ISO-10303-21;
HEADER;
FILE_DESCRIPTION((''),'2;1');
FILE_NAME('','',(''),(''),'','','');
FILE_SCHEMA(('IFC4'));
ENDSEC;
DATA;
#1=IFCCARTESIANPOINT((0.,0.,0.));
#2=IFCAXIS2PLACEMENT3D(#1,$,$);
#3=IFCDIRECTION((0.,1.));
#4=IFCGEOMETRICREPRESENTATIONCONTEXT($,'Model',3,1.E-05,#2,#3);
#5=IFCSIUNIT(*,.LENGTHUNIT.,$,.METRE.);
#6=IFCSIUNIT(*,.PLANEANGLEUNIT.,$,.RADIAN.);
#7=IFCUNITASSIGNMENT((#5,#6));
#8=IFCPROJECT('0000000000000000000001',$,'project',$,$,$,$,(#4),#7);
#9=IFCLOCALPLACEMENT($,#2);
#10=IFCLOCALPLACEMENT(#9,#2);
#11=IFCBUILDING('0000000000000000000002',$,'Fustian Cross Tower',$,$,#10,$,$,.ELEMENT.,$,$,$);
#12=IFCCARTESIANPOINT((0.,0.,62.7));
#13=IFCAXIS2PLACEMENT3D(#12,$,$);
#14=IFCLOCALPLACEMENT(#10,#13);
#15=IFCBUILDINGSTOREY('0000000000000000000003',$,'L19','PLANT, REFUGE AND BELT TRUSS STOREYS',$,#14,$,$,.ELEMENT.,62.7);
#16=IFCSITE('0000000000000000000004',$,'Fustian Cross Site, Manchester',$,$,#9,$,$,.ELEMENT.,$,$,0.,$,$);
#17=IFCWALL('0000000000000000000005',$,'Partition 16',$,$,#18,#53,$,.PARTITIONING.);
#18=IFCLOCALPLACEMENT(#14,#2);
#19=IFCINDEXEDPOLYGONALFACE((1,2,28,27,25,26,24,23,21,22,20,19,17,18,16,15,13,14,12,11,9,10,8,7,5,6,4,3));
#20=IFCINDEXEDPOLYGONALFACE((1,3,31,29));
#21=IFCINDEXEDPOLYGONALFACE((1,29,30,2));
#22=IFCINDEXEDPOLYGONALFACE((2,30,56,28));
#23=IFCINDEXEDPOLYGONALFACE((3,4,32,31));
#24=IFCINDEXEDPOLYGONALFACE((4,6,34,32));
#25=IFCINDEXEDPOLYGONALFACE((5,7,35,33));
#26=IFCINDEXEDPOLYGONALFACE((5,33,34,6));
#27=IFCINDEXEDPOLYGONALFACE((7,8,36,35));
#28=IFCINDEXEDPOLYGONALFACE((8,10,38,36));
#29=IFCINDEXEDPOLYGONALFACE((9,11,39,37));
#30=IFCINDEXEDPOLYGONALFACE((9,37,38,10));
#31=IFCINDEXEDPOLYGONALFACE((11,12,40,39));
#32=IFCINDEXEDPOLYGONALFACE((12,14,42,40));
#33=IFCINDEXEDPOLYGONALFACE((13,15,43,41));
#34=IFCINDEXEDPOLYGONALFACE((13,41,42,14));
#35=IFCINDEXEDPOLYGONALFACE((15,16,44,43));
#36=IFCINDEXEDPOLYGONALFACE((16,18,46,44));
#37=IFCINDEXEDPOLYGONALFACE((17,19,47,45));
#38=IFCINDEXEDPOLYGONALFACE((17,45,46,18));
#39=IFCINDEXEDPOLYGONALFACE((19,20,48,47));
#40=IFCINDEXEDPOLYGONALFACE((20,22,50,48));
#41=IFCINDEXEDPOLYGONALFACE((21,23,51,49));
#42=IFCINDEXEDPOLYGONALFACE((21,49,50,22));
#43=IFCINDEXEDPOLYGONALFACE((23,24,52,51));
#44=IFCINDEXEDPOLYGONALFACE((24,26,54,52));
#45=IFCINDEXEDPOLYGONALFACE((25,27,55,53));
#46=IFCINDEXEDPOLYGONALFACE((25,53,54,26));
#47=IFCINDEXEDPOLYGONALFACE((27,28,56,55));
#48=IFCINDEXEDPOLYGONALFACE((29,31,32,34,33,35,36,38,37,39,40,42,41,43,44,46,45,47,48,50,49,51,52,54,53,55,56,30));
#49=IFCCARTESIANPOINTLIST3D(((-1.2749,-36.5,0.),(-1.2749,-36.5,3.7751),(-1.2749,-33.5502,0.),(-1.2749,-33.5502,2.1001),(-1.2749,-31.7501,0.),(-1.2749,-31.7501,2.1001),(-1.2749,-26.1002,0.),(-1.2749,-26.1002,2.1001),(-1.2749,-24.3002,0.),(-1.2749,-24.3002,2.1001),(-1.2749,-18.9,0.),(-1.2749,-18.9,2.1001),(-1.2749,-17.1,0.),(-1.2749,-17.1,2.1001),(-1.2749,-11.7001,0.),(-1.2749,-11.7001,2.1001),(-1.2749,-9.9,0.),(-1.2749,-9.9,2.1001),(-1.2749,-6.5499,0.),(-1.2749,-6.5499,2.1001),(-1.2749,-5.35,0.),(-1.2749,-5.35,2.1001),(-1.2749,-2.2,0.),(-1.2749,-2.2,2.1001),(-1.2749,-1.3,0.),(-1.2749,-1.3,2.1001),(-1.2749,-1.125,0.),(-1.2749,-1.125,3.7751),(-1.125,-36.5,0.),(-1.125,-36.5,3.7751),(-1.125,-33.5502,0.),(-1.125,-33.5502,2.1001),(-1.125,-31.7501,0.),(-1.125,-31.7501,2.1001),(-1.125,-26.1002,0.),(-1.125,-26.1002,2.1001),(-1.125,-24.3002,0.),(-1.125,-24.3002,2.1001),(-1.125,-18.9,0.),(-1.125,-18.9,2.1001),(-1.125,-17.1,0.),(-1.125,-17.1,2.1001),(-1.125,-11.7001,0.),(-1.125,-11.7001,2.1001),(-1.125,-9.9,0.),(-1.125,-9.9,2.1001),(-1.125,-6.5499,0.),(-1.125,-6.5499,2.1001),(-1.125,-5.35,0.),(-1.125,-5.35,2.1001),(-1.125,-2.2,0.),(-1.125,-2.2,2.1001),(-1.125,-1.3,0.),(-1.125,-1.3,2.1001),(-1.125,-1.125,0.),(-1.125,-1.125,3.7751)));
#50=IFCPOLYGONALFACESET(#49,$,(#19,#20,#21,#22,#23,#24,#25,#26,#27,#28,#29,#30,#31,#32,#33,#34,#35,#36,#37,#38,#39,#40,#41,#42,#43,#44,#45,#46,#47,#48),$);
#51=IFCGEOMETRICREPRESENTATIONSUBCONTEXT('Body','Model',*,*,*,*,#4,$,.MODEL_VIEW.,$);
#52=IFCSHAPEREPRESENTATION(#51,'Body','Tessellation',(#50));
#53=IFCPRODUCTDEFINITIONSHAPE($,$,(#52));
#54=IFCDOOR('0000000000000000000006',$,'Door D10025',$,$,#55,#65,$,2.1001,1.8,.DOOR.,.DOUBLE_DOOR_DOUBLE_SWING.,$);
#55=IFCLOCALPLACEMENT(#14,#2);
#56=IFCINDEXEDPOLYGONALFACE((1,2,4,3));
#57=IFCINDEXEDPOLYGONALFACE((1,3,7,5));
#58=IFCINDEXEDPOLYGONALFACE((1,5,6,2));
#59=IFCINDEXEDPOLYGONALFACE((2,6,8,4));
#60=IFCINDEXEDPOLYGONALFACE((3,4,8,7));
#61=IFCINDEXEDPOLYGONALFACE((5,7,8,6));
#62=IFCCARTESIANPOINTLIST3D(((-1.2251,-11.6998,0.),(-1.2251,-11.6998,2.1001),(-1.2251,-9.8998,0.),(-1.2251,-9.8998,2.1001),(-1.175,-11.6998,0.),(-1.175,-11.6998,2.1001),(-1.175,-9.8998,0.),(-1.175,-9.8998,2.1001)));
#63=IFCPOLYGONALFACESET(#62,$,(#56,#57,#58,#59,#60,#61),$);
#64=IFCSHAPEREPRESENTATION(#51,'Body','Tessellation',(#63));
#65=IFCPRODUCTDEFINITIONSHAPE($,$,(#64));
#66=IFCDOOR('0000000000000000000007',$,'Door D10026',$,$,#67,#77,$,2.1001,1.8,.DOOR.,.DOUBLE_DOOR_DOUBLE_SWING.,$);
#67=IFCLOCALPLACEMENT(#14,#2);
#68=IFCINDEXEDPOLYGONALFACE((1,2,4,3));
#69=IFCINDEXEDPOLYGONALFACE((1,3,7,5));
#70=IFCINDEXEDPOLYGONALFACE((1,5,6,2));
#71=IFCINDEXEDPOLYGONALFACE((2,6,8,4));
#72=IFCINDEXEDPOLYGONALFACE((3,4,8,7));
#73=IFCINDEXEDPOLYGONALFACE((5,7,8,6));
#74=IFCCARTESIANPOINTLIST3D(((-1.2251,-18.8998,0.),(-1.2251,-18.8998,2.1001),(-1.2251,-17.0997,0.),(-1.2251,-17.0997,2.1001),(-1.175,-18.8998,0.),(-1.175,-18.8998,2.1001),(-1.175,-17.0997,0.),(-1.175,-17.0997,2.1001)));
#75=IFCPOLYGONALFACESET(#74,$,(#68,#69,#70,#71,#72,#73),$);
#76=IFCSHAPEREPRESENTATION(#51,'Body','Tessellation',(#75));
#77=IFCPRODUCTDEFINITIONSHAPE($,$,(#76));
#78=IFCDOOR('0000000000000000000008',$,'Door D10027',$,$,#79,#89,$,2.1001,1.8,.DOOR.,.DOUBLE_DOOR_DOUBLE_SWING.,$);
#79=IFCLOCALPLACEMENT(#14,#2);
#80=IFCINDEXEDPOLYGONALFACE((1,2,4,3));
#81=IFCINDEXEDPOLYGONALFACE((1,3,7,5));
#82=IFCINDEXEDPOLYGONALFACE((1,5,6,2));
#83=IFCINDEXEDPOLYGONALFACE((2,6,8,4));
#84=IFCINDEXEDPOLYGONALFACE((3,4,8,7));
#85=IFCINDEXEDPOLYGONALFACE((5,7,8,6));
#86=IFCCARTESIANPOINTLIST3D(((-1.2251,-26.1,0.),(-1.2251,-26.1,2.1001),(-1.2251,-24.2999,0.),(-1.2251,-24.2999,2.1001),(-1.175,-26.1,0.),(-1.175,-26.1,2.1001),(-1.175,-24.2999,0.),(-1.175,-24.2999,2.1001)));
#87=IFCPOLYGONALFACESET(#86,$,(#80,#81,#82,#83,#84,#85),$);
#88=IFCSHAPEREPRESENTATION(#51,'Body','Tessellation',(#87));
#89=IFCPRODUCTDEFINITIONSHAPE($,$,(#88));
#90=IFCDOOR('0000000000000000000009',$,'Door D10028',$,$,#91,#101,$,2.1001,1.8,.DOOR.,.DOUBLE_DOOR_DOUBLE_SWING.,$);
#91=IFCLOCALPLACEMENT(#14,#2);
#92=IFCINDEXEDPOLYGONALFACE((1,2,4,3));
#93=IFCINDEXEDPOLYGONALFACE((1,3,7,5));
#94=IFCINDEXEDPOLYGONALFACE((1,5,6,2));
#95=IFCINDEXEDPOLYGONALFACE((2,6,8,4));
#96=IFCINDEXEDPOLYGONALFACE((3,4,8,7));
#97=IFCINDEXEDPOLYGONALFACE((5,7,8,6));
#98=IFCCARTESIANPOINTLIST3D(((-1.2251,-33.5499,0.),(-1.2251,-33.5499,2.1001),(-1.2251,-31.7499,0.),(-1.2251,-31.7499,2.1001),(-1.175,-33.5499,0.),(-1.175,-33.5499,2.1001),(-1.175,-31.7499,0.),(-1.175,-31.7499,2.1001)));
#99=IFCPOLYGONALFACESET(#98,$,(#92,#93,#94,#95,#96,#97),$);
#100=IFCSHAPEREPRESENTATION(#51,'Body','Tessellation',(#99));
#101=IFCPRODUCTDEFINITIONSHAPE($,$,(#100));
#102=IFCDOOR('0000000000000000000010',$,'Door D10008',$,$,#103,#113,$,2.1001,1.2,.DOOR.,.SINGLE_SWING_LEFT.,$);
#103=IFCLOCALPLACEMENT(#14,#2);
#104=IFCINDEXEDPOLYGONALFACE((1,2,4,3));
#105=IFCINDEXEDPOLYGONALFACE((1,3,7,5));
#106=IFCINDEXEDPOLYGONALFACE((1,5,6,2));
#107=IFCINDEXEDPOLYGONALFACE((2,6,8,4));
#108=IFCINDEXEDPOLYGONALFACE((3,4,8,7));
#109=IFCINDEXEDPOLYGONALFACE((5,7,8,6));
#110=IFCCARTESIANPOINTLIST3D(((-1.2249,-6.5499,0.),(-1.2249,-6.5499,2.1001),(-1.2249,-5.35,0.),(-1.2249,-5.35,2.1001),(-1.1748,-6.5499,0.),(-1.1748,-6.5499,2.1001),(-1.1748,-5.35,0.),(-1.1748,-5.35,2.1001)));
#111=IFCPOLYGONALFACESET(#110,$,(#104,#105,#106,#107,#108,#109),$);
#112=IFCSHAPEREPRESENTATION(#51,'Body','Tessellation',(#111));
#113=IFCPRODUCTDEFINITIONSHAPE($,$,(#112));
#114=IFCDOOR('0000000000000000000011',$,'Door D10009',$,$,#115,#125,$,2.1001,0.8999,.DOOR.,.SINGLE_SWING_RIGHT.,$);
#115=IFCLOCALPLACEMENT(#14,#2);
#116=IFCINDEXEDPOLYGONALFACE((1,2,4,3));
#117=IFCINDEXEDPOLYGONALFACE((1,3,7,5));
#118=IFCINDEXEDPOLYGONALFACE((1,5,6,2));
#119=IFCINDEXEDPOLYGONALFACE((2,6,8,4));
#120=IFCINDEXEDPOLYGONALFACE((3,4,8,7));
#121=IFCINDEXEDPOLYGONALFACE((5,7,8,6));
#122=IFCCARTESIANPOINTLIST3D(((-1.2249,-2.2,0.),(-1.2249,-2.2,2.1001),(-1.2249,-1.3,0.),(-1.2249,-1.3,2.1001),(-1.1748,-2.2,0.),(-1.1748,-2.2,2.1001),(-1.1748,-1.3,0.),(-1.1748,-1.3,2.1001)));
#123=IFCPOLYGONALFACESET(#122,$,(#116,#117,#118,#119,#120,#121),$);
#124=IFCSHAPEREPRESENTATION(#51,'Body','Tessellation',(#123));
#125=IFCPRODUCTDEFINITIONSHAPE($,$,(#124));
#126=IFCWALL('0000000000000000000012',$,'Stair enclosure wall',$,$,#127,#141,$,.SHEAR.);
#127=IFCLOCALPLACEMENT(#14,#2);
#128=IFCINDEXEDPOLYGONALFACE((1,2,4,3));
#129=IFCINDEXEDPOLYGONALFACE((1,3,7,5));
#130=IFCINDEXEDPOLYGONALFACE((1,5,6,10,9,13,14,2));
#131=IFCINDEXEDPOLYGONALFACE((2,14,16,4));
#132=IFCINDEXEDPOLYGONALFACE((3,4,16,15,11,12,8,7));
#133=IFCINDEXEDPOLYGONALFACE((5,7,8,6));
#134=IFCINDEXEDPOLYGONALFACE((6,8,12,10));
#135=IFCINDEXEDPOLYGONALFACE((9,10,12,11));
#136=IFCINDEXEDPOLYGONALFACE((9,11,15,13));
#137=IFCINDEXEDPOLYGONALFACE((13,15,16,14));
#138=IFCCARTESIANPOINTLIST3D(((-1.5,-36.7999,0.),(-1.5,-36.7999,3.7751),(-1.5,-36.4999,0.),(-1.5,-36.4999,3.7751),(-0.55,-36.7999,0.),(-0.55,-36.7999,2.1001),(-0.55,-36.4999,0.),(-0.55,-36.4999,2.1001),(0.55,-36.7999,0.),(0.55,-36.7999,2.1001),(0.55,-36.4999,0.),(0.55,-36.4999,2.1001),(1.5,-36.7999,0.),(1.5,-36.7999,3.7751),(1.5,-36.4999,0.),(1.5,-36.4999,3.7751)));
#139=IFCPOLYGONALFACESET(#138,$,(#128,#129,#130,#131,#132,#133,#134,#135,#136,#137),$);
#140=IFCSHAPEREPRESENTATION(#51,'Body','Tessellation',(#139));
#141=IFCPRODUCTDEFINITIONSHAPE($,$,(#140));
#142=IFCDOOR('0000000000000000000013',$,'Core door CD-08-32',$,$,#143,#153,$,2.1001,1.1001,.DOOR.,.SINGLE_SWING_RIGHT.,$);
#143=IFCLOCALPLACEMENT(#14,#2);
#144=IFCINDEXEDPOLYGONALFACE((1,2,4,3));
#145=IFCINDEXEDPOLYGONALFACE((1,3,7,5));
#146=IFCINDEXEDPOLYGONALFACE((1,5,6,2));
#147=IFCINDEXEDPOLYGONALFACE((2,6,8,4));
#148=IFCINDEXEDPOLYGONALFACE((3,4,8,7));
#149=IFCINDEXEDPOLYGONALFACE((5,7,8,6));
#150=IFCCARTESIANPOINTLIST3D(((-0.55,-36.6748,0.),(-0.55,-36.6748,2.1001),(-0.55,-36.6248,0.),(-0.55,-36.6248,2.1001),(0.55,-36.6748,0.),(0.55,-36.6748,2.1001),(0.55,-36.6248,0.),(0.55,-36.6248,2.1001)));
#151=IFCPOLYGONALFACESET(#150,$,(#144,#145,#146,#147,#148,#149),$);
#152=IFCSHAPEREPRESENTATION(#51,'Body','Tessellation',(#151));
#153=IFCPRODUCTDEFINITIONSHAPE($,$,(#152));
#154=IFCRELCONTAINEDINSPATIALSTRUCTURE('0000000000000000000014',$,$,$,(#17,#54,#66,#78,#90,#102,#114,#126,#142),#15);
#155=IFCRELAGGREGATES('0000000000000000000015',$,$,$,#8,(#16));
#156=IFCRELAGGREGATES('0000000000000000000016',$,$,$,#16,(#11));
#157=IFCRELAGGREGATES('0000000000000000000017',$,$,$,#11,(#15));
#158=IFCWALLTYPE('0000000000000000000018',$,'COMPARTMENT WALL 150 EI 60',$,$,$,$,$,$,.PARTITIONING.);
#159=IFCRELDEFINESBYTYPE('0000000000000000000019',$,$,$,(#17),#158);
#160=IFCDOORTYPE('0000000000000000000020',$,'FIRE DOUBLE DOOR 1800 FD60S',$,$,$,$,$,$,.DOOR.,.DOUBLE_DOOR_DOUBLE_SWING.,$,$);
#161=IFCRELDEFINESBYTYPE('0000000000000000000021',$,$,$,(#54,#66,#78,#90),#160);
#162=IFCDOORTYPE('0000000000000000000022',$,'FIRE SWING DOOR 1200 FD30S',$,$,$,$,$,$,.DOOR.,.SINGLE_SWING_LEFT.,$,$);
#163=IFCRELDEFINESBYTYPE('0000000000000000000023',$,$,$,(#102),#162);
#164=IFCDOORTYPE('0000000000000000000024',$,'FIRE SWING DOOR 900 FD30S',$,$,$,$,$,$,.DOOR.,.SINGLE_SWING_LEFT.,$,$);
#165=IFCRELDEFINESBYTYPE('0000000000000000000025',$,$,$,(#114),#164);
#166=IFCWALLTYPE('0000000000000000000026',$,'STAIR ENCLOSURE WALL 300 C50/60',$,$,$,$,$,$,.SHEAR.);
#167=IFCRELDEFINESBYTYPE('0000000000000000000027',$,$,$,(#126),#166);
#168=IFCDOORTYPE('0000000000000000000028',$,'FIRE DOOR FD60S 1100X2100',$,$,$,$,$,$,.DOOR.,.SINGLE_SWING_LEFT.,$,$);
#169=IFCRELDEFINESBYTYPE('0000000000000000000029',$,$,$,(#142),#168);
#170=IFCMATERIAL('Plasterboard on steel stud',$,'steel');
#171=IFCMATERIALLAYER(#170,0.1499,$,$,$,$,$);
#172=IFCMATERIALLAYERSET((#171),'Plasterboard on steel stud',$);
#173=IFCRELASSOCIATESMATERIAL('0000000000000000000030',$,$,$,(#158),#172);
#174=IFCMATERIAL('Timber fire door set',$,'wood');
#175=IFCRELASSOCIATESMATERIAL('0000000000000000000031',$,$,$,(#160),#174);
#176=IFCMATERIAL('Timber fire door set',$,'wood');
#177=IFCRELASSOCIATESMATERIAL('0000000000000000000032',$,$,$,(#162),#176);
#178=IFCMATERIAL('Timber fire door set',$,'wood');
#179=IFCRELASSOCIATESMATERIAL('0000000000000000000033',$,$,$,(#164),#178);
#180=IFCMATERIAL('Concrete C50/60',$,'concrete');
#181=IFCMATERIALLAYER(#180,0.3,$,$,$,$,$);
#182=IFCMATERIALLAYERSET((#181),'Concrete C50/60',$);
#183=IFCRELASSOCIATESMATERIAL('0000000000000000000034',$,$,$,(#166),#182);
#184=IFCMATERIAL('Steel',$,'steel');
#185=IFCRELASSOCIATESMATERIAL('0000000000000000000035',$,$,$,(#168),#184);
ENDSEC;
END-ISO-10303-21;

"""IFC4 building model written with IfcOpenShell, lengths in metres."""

from ifc_helpers import new_model, si_unit, direction, frame, frame_2d, origin, place, context, subcontext, project, spatial, rectangle, extrude, material, layer, layer_set, type_object, element, fill, save


model = new_model("IFC4")

# Units and contexts
model_context = context("Model", 3, precision=1e-05, world=origin(), true_north=direction((0.0, 1.0)))
body_context = subcontext(model_context, "Body", "Model", "MODEL_VIEW")
ifc_project = project(units=[si_unit("LENGTHUNIT", "METRE"), si_unit("PLANEANGLEUNIT", "RADIAN")], contexts=[model_context])

# Site, building, storey
site_placement = place(None, origin())
site = spatial("IfcSite", under=ifc_project, at=site_placement, Name="Fustian Cross Site, Manchester", CompositionType="ELEMENT", RefElevation=0.0)
building_placement = place(site_placement, origin())
building = spatial("IfcBuilding", under=site, at=building_placement, Name="Fustian Cross Tower", CompositionType="ELEMENT")
storey_placement = place(building_placement, frame((0.0, 0.0, 62.7)))
storey = spatial("IfcBuildingStorey", under=building, at=storey_placement, Name="L19", Description="PLANT, REFUGE AND BELT TRUSS STOREYS", CompositionType="ELEMENT", Elevation=62.7)

# Wall, openings, doors
ifc_material_1 = material(Name="Plasterboard on steel stud", Category="steel")
ifc_layer_1 = layer(ifc_material_1, 0.1499)
ifc_layer_set_1 = layer_set([ifc_layer_1], Name="Plasterboard on steel stud")
wall_type_1 = type_object("IfcWallType", Name="COMPARTMENT WALL 150 EI 60", PredefinedType="PARTITIONING", material=ifc_layer_set_1)
wall_1_placement = place(storey_placement, frame((-1.2, -36.5, 0.0), z_axis=(0.0, 0.0, 1.0), x_axis=(0.0, 1.0, 0.0)))
wall_1 = element("IfcWall", 1, at=wall_1_placement, inside=storey, type_object=wall_type_1, Name="Partition 16", PredefinedType="PARTITIONING", context=body_context, shape_type="SweptSolid", body=[
    extrude(rectangle(XDim=35.375, YDim=0.1499, at=frame_2d((17.6875, 0.0))), origin(), (0.0, 0.0, 1.0), 3.7751),
])
opening_1_placement = place(wall_1_placement, frame((29.95, 0.0, 0.0)))
opening_1 = element("IfcOpeningElement", 2, at=opening_1_placement, cuts=wall_1, PredefinedType="OPENING", context=body_context, shape_type="SweptSolid", body=[
    extrude(rectangle(XDim=1.2, YDim=2.1001, at=frame_2d((0.6001, 1.05))), frame((0.0, 0.085, 0.0), z_axis=(0.0, -1.0, 0.0), x_axis=(1.0, 0.0, 0.0)), (0.0, 0.0, 1.0), 0.1699),
])
opening_2_placement = place(wall_1_placement, frame((34.3, 0.0, 0.0)))
opening_2 = element("IfcOpeningElement", 3, at=opening_2_placement, cuts=wall_1, PredefinedType="OPENING", context=body_context, shape_type="SweptSolid", body=[
    extrude(rectangle(XDim=0.8999, YDim=2.1001, at=frame_2d((0.45, 1.05))), frame((0.0, 0.085, 0.0), z_axis=(0.0, -1.0, 0.0), x_axis=(1.0, 0.0, 0.0)), (0.0, 0.0, 1.0), 0.1699),
])
opening_3_placement = place(wall_1_placement, frame((24.8, 0.0, 0.0)))
opening_3 = element("IfcOpeningElement", 4, at=opening_3_placement, cuts=wall_1, PredefinedType="OPENING", context=body_context, shape_type="SweptSolid", body=[
    extrude(rectangle(XDim=1.8, YDim=2.1001, at=frame_2d((0.8999, 1.05))), frame((0.0, 0.085, 0.0), z_axis=(0.0, -1.0, 0.0), x_axis=(1.0, 0.0, 0.0)), (0.0, 0.0, 1.0), 0.1699),
])
opening_4_placement = place(wall_1_placement, frame((17.6001, 0.0, 0.0)))
opening_4 = element("IfcOpeningElement", 5, at=opening_4_placement, cuts=wall_1, PredefinedType="OPENING", context=body_context, shape_type="SweptSolid", body=[
    extrude(rectangle(XDim=1.8, YDim=2.1001, at=frame_2d((0.8999, 1.05))), frame((0.0, 0.085, 0.0), z_axis=(0.0, -1.0, 0.0), x_axis=(1.0, 0.0, 0.0)), (0.0, 0.0, 1.0), 0.1699),
])
opening_5_placement = place(wall_1_placement, frame((10.3999, 0.0, 0.0)))
opening_5 = element("IfcOpeningElement", 6, at=opening_5_placement, cuts=wall_1, PredefinedType="OPENING", context=body_context, shape_type="SweptSolid", body=[
    extrude(rectangle(XDim=1.8, YDim=2.1001, at=frame_2d((0.8999, 1.05))), frame((0.0, 0.085, 0.0), z_axis=(0.0, -1.0, 0.0), x_axis=(1.0, 0.0, 0.0)), (0.0, 0.0, 1.0), 0.1699),
])
opening_6_placement = place(wall_1_placement, frame((2.95, 0.0, 0.0)))
opening_6 = element("IfcOpeningElement", 7, at=opening_6_placement, cuts=wall_1, PredefinedType="OPENING", context=body_context, shape_type="SweptSolid", body=[
    extrude(rectangle(XDim=1.8, YDim=2.1001, at=frame_2d((0.8999, 1.05))), frame((0.0, 0.085, 0.0), z_axis=(0.0, -1.0, 0.0), x_axis=(1.0, 0.0, 0.0)), (0.0, 0.0, 1.0), 0.1699),
])
ifc_material_2 = material(Name="Timber fire door set", Category="wood")
door_type_1 = type_object("IfcDoorType", Name="FIRE DOUBLE DOOR 1800 FD60S", OperationType="DOUBLE_DOOR_DOUBLE_SWING", PredefinedType="DOOR", material=ifc_material_2)
door_1_placement = place(opening_3_placement, frame((1.8, 0.0, 0.0), z_axis=(0.0, 0.0, 1.0), x_axis=(-1.0, 0.0, 0.0)))
door_1 = element("IfcDoor", 8, at=door_1_placement, inside=storey, type_object=door_type_1, Name="Door D10025", OperationType="DOUBLE_DOOR_DOUBLE_SWING", OverallHeight=2.1001, OverallWidth=1.8, PredefinedType="DOOR", context=body_context, shape_type="SweptSolid", body=[
    extrude(rectangle(XDim=1.8, YDim=2.1001, at=frame_2d((0.8999, 1.05))), frame((0.0, 0.0249, 0.0), z_axis=(0.0, -1.0, 0.0), x_axis=(1.0, 0.0, 0.0)), (0.0, 0.0, 1.0), 0.05),
])
fill(opening_3, door_1)
door_2_placement = place(opening_4_placement, frame((1.8, 0.0, 0.0), z_axis=(0.0, 0.0, 1.0), x_axis=(-1.0, 0.0, 0.0)))
door_2 = element("IfcDoor", 9, at=door_2_placement, inside=storey, type_object=door_type_1, Name="Door D10026", OperationType="DOUBLE_DOOR_DOUBLE_SWING", OverallHeight=2.1001, OverallWidth=1.8, PredefinedType="DOOR", context=body_context, shape_type="SweptSolid", body=[
    extrude(rectangle(XDim=1.8, YDim=2.1001, at=frame_2d((0.8999, 1.05))), frame((0.0, 0.0249, 0.0), z_axis=(0.0, -1.0, 0.0), x_axis=(1.0, 0.0, 0.0)), (0.0, 0.0, 1.0), 0.05),
])
fill(opening_4, door_2)
door_3_placement = place(opening_5_placement, frame((1.8, 0.0, 0.0), z_axis=(0.0, 0.0, 1.0), x_axis=(-1.0, 0.0, 0.0)))
door_3 = element("IfcDoor", 10, at=door_3_placement, inside=storey, type_object=door_type_1, Name="Door D10027", OperationType="DOUBLE_DOOR_DOUBLE_SWING", OverallHeight=2.1001, OverallWidth=1.8, PredefinedType="DOOR", context=body_context, shape_type="SweptSolid", body=[
    extrude(rectangle(XDim=1.8, YDim=2.1001, at=frame_2d((0.8999, 1.05))), frame((0.0, 0.0249, 0.0), z_axis=(0.0, -1.0, 0.0), x_axis=(1.0, 0.0, 0.0)), (0.0, 0.0, 1.0), 0.05),
])
fill(opening_5, door_3)
door_4_placement = place(opening_6_placement, frame((1.8, 0.0, 0.0), z_axis=(0.0, 0.0, 1.0), x_axis=(-1.0, 0.0, 0.0)))
door_4 = element("IfcDoor", 11, at=door_4_placement, inside=storey, type_object=door_type_1, Name="Door D10028", OperationType="DOUBLE_DOOR_DOUBLE_SWING", OverallHeight=2.1001, OverallWidth=1.8, PredefinedType="DOOR", context=body_context, shape_type="SweptSolid", body=[
    extrude(rectangle(XDim=1.8, YDim=2.1001, at=frame_2d((0.8999, 1.05))), frame((0.0, 0.0249, 0.0), z_axis=(0.0, -1.0, 0.0), x_axis=(1.0, 0.0, 0.0)), (0.0, 0.0, 1.0), 0.05),
])
fill(opening_6, door_4)
ifc_material_3 = material(Name="Timber fire door set", Category="wood")
door_type_2 = type_object("IfcDoorType", Name="FIRE SWING DOOR 1200 FD30S", OperationType="SINGLE_SWING_LEFT", PredefinedType="DOOR", material=ifc_material_3)
door_5_placement = place(opening_1_placement, origin())
door_5 = element("IfcDoor", 12, at=door_5_placement, inside=storey, type_object=door_type_2, Name="Door D10008", OperationType="SINGLE_SWING_LEFT", OverallHeight=2.1001, OverallWidth=1.2, PredefinedType="DOOR", context=body_context, shape_type="SweptSolid", body=[
    extrude(rectangle(XDim=1.2, YDim=2.1001, at=frame_2d((0.6001, 1.05))), frame((0.0, 0.0249, 0.0), z_axis=(0.0, -1.0, 0.0), x_axis=(1.0, 0.0, 0.0)), (0.0, 0.0, 1.0), 0.05),
])
fill(opening_1, door_5)
ifc_material_4 = material(Name="Timber fire door set", Category="wood")
door_type_3 = type_object("IfcDoorType", Name="FIRE SWING DOOR 900 FD30S", OperationType="SINGLE_SWING_LEFT", PredefinedType="DOOR", material=ifc_material_4)
door_6_placement = place(opening_2_placement, origin())
door_6 = element("IfcDoor", 13, at=door_6_placement, inside=storey, type_object=door_type_3, Name="Door D10009", OperationType="SINGLE_SWING_RIGHT", OverallHeight=2.1001, OverallWidth=0.8999, PredefinedType="DOOR", context=body_context, shape_type="SweptSolid", body=[
    extrude(rectangle(XDim=0.8999, YDim=2.1001, at=frame_2d((0.45, 1.05))), frame((0.0, 0.0249, 0.0), z_axis=(0.0, -1.0, 0.0), x_axis=(1.0, 0.0, 0.0)), (0.0, 0.0, 1.0), 0.05),
])
fill(opening_2, door_6)

# Wall, opening, door
ifc_material_5 = material(Name="Concrete C50/60", Category="concrete")
ifc_layer_2 = layer(ifc_material_5, 0.3)
ifc_layer_set_2 = layer_set([ifc_layer_2], Name="Concrete C50/60")
wall_type_2 = type_object("IfcWallType", Name="STAIR ENCLOSURE WALL 300 C50/60", PredefinedType="SHEAR", material=ifc_layer_set_2)
wall_2_placement = place(storey_placement, frame((-1.5, -36.6499, 0.0), z_axis=(0.0, 0.0, 1.0), x_axis=(1.0, 0.0, 0.0)))
wall_2 = element("IfcWall", 14, at=wall_2_placement, inside=storey, type_object=wall_type_2, Name="Stair enclosure wall", PredefinedType="SHEAR", context=body_context, shape_type="SweptSolid", body=[
    extrude(rectangle(XDim=3.0, YDim=0.3, at=frame_2d((1.5, 0.0))), origin(), (0.0, 0.0, 1.0), 3.7751),
])
opening_7_placement = place(wall_2_placement, frame((0.95, 0.0, 0.0)))
opening_7 = element("IfcOpeningElement", 15, at=opening_7_placement, cuts=wall_2, PredefinedType="OPENING", context=body_context, shape_type="SweptSolid", body=[
    extrude(rectangle(XDim=1.1001, YDim=2.1001, at=frame_2d((0.55, 1.05))), frame((0.0, 0.1599, 0.0), z_axis=(0.0, -1.0, 0.0), x_axis=(1.0, 0.0, 0.0)), (0.0, 0.0, 1.0), 0.3201),
])
ifc_material_6 = material(Name="Steel", Category="steel")
door_type_4 = type_object("IfcDoorType", Name="FIRE DOOR FD60S 1100X2100", OperationType="SINGLE_SWING_LEFT", PredefinedType="DOOR", material=ifc_material_6)
door_7_placement = place(opening_7_placement, frame((1.1001, 0.0, 0.0), z_axis=(0.0, 0.0, 1.0), x_axis=(-1.0, 0.0, 0.0)))
door_7 = element("IfcDoor", 16, at=door_7_placement, inside=storey, type_object=door_type_4, Name="Core door CD-08-32", OperationType="SINGLE_SWING_RIGHT", OverallHeight=2.1001, OverallWidth=1.1001, PredefinedType="DOOR", context=body_context, shape_type="SweptSolid", body=[
    extrude(rectangle(XDim=1.1001, YDim=2.1001, at=frame_2d((0.55, 1.05))), frame((0.0, 0.0249, 0.0), z_axis=(0.0, -1.0, 0.0), x_axis=(1.0, 0.0, 0.0)), (0.0, 0.0, 1.0), 0.05),
])
fill(opening_7, door_7)

save(model, "model.ifc")
